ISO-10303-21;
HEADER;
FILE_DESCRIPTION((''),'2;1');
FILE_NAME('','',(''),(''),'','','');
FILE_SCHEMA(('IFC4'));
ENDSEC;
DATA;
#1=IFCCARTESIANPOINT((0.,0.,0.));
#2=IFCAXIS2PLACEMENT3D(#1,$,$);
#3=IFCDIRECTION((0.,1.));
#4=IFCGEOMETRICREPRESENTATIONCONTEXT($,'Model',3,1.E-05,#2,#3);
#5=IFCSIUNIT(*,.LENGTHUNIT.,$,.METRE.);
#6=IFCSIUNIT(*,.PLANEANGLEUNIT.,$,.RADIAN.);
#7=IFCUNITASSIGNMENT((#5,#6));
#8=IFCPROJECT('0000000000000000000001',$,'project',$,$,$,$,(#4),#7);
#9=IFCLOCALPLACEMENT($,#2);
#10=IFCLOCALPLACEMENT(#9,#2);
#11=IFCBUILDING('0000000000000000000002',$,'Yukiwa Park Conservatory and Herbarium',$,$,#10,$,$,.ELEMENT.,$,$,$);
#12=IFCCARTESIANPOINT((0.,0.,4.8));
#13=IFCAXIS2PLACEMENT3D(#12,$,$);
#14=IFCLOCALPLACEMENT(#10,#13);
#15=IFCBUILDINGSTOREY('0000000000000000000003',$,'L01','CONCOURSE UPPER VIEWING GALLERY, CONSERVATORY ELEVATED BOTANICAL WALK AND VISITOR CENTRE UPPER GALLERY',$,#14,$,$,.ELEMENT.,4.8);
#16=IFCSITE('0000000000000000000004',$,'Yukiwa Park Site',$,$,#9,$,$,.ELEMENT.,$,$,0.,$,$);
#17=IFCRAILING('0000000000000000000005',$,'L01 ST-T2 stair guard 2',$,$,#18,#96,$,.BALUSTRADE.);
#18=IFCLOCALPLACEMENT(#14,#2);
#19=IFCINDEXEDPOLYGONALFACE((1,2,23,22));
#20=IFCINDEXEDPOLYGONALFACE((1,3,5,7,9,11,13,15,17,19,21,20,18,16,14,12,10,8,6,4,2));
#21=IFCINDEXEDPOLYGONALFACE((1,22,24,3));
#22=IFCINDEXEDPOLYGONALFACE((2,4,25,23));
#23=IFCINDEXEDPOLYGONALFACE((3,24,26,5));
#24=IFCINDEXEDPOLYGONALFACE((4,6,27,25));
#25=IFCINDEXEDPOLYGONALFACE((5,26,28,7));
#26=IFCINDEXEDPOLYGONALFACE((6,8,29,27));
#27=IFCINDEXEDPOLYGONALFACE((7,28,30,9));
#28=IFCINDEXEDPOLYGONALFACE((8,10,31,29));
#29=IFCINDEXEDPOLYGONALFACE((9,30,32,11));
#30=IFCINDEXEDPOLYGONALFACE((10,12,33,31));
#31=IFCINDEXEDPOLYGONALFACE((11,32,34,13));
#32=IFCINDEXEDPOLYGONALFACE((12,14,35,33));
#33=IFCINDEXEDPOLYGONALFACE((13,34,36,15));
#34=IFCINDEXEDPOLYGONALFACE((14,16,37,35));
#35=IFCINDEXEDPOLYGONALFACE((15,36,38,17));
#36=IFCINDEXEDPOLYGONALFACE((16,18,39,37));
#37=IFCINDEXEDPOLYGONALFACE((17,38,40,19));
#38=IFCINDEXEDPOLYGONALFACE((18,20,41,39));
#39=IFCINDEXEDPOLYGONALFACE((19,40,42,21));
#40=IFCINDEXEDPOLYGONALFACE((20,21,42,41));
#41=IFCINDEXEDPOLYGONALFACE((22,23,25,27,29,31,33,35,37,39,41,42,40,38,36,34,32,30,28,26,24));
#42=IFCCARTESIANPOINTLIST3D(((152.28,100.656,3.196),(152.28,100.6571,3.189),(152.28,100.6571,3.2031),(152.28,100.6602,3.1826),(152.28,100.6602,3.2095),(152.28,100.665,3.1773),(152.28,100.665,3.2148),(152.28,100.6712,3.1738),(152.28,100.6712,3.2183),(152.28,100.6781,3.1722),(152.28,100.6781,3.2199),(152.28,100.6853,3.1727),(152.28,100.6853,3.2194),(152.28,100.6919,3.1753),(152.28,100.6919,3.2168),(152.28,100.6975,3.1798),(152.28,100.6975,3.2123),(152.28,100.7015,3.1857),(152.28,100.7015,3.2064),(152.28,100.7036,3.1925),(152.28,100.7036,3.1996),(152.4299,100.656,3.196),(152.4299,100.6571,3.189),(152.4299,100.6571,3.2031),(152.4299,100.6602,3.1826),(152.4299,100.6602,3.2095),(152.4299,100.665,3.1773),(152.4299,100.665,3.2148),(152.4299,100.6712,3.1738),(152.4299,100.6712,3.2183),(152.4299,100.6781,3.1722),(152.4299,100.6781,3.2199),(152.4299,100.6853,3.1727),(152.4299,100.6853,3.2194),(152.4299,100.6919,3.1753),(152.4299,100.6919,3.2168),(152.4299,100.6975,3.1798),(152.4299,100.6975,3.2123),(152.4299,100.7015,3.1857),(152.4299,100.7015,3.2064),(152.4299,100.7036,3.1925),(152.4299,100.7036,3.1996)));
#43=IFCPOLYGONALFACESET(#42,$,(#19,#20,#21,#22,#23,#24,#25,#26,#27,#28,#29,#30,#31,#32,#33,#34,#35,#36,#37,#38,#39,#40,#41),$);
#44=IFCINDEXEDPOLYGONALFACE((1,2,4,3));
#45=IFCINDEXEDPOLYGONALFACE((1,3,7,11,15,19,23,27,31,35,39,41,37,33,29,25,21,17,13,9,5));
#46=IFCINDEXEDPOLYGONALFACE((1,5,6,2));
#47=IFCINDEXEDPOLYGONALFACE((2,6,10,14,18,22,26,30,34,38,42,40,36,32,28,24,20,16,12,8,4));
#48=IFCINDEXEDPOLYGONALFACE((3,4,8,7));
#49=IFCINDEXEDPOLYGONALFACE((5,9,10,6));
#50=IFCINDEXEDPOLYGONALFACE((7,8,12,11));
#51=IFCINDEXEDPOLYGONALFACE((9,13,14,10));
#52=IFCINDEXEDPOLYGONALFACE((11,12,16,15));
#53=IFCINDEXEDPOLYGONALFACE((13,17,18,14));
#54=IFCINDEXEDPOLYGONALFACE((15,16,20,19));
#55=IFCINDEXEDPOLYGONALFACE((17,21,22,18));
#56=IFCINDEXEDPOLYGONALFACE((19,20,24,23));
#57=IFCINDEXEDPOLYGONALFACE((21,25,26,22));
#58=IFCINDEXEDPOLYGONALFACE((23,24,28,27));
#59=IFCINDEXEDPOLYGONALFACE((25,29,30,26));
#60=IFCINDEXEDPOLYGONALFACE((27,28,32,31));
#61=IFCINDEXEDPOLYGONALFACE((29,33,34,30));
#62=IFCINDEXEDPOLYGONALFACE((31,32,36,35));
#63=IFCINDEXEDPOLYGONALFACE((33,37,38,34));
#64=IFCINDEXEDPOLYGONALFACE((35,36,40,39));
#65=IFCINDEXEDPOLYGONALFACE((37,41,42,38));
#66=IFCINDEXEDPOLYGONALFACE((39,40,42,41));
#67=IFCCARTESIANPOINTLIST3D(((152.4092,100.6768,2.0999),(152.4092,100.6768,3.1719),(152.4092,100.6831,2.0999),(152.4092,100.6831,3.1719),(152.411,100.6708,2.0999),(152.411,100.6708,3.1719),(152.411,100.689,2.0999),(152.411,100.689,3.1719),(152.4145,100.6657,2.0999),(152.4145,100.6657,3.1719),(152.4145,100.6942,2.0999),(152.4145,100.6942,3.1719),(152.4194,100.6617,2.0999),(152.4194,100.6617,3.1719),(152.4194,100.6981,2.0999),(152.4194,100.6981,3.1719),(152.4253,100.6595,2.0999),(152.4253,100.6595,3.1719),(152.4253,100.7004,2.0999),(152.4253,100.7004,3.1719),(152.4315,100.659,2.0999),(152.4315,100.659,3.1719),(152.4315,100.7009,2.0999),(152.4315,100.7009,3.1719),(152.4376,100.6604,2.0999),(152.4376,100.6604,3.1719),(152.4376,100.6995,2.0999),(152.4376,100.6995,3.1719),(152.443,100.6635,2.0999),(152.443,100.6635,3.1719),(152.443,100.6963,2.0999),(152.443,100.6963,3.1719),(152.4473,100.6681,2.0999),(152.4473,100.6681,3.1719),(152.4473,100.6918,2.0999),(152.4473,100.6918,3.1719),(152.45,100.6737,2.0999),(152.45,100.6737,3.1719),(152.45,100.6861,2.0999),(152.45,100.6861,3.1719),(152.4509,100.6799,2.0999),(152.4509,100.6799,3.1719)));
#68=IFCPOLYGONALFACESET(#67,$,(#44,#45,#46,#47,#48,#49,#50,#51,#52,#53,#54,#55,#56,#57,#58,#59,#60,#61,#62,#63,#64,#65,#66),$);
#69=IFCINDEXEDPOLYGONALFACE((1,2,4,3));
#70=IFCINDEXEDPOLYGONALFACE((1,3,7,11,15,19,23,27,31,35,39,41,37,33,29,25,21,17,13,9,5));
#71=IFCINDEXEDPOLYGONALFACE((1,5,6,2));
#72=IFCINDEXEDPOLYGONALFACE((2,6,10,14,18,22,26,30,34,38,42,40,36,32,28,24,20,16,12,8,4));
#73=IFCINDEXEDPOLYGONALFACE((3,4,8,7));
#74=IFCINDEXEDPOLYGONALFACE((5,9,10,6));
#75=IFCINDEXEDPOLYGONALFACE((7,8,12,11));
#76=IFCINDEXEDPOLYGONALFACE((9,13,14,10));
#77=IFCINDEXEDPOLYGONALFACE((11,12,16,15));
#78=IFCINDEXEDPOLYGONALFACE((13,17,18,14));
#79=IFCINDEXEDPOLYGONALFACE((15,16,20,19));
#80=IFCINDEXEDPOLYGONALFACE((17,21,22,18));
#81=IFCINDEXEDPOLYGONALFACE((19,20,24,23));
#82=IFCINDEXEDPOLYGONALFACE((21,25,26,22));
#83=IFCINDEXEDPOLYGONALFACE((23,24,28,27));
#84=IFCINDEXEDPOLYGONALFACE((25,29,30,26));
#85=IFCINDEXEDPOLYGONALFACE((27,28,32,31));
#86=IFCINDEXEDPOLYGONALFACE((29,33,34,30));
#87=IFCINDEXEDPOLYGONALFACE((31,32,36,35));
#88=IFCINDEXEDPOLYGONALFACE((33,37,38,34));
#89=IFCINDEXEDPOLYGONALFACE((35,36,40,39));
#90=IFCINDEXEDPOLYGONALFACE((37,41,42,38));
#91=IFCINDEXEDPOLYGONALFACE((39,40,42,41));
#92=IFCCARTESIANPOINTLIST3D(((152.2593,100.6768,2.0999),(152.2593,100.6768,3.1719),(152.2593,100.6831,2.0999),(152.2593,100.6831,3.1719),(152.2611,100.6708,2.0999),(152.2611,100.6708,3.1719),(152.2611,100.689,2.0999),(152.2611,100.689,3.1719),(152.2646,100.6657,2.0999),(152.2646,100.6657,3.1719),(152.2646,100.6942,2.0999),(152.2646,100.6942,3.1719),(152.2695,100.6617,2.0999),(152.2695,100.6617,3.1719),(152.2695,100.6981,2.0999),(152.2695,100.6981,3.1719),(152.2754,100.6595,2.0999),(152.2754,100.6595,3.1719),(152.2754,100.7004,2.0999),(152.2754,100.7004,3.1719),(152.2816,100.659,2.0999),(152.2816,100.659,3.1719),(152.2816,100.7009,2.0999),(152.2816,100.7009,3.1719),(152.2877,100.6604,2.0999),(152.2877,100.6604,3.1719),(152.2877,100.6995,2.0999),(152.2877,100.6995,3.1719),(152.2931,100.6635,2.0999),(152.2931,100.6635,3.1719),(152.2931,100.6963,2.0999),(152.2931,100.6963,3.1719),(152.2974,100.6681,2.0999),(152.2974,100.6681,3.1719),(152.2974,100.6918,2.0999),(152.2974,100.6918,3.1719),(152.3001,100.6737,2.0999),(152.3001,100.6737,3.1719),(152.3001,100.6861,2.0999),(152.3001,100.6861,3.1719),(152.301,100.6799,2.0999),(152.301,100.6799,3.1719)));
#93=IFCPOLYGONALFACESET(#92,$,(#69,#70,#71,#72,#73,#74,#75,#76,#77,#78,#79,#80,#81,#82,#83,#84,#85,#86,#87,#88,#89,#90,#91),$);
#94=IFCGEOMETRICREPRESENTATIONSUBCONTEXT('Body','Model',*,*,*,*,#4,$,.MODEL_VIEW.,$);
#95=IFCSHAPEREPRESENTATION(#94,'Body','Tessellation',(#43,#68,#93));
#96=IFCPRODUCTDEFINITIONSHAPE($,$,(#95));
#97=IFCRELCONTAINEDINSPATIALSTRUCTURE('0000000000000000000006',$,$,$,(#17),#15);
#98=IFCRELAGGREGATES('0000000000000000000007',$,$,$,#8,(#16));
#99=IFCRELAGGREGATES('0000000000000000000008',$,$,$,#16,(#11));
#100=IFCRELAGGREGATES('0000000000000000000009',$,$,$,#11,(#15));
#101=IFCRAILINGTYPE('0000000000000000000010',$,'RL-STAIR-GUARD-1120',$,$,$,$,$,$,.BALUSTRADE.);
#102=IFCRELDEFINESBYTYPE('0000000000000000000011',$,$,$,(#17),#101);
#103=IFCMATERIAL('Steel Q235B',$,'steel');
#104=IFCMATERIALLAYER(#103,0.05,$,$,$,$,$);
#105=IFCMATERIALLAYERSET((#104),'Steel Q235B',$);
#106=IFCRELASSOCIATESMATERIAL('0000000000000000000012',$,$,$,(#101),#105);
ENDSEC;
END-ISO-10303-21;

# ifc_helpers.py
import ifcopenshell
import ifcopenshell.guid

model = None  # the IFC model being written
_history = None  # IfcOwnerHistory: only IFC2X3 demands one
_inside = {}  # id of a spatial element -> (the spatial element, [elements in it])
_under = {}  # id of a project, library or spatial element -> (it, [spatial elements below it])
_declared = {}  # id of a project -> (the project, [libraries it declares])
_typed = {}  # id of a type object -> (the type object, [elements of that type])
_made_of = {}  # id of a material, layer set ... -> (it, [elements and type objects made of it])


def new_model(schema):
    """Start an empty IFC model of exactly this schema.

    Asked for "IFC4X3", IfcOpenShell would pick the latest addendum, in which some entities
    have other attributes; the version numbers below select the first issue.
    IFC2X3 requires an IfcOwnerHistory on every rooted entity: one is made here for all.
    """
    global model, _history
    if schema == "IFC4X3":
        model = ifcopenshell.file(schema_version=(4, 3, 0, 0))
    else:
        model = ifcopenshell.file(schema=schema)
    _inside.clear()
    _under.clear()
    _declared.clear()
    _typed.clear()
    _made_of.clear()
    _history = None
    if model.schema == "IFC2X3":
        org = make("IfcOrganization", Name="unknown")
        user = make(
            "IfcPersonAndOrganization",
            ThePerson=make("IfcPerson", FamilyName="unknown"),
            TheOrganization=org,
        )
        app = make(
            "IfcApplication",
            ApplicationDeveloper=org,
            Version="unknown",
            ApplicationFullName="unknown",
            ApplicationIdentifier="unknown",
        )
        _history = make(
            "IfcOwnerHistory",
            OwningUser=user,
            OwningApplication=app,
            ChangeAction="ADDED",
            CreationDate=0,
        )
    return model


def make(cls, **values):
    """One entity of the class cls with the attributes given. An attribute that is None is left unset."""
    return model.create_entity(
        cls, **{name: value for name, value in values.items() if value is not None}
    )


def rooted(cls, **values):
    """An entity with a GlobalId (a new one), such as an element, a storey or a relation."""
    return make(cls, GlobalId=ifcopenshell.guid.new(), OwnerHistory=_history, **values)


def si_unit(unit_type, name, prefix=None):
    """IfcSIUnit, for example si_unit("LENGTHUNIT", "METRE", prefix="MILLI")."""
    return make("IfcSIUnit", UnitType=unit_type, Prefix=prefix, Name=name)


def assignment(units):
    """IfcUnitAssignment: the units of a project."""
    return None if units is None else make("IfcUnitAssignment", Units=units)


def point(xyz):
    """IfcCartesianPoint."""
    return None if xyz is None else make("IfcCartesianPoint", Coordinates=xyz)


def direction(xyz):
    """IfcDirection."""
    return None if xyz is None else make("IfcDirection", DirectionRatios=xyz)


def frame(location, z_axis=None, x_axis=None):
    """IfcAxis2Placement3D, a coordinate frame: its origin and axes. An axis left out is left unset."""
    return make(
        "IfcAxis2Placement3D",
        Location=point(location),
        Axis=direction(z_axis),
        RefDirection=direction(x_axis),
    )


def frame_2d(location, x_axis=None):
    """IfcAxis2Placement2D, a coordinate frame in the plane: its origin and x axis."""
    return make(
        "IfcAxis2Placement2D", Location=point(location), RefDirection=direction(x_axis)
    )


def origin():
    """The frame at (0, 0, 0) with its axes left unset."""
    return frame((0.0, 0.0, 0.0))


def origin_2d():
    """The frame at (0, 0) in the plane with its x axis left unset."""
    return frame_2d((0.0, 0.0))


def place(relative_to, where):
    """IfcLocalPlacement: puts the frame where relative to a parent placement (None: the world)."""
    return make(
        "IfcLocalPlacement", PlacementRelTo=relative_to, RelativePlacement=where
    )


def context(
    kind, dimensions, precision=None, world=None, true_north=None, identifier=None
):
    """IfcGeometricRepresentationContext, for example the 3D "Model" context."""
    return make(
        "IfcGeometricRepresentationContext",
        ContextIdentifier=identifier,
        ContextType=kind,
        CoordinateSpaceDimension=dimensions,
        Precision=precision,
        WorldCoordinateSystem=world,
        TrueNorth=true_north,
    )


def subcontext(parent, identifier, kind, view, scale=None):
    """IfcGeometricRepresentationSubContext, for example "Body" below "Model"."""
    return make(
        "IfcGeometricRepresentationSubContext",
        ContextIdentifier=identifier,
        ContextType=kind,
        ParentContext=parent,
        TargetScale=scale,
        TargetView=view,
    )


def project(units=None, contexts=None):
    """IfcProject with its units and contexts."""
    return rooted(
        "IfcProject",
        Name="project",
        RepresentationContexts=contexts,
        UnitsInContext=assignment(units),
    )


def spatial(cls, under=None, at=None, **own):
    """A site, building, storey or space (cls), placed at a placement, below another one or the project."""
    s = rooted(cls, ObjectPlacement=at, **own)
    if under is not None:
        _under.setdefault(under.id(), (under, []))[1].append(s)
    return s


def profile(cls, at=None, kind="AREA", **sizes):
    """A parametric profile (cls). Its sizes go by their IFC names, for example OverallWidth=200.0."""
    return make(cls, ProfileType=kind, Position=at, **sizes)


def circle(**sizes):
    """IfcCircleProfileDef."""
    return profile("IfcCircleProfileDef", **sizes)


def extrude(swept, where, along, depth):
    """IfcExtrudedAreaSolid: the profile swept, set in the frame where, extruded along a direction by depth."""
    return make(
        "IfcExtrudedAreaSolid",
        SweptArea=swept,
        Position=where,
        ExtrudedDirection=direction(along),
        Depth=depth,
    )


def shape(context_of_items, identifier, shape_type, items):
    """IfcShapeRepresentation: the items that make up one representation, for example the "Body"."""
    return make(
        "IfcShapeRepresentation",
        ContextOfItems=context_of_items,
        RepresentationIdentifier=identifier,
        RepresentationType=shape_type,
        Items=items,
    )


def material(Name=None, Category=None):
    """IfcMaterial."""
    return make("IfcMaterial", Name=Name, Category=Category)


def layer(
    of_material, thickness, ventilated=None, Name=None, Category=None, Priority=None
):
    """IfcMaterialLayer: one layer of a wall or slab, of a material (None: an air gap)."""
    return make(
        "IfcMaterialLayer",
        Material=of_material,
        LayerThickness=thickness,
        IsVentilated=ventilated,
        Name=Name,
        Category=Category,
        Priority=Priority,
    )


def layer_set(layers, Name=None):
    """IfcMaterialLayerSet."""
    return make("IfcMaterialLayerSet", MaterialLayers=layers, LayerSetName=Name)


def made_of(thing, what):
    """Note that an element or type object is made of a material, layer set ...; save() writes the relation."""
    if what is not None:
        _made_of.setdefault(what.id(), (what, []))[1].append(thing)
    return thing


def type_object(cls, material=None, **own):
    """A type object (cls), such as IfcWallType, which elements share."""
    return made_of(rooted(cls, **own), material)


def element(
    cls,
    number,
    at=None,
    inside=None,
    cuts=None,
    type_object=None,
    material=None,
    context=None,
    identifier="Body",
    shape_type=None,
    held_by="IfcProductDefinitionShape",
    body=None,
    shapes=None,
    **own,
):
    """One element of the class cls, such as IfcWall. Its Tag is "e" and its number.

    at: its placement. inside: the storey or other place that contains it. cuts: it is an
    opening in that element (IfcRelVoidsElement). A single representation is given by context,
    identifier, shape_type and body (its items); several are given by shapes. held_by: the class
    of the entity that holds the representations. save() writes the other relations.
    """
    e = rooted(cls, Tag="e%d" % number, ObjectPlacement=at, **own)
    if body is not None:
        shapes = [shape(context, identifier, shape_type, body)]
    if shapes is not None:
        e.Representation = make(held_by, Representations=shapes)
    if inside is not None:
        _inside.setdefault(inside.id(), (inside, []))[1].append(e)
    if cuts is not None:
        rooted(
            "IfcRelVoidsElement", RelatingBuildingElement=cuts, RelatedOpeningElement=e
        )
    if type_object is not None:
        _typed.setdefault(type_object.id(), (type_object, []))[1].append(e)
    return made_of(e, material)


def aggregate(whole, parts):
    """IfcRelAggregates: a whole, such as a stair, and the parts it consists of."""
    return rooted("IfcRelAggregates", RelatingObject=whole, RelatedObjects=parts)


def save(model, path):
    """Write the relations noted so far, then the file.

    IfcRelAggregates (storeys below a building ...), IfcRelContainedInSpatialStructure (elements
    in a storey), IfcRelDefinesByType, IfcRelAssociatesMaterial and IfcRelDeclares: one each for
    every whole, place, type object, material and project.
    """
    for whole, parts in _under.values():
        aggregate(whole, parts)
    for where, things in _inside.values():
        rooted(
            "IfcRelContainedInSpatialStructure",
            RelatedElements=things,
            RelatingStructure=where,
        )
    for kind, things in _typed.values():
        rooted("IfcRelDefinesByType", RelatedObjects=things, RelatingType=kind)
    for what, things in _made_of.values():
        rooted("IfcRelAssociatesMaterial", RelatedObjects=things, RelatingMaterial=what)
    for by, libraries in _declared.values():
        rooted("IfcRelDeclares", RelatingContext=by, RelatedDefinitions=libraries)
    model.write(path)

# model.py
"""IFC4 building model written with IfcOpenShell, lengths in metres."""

from ifc_helpers import new_model, si_unit, direction, frame, origin, origin_2d, place, context, subcontext, project, spatial, circle, extrude, material, layer, layer_set, type_object, element, save


model = new_model("IFC4")

# Units and contexts
model_context = context("Model", 3, precision=1e-05, world=origin(), true_north=direction((0.0, 1.0)))
body_context = subcontext(model_context, "Body", "Model", "MODEL_VIEW")
ifc_project = project(units=[si_unit("LENGTHUNIT", "METRE"), si_unit("PLANEANGLEUNIT", "RADIAN")], contexts=[model_context])

# Site, building, storey
site_placement = place(None, origin())
site = spatial("IfcSite", under=ifc_project, at=site_placement, Name="Yukiwa Park Site", CompositionType="ELEMENT", RefElevation=0.0)
building_placement = place(site_placement, origin())
building = spatial("IfcBuilding", under=site, at=building_placement, Name="Yukiwa Park Conservatory and Herbarium", CompositionType="ELEMENT")
storey_placement = place(building_placement, frame((0.0, 0.0, 4.8)))
storey = spatial("IfcBuildingStorey", under=building, at=storey_placement, Name="L01", Description="CONCOURSE UPPER VIEWING GALLERY, CONSERVATORY ELEVATED BOTANICAL WALK AND VISITOR CENTRE UPPER GALLERY", CompositionType="ELEMENT", Elevation=4.8)

# Railing
ifc_material_1 = material(Name="Steel Q235B", Category="steel")
ifc_layer_1 = layer(ifc_material_1, 0.05)
ifc_layer_set_1 = layer_set([ifc_layer_1], Name="Steel Q235B")
railing_type_1 = type_object("IfcRailingType", Name="RL-STAIR-GUARD-1120", PredefinedType="BALUSTRADE", material=ifc_layer_set_1)
railing_1_placement = place(storey_placement, frame((152.4299, 100.6799, 2.0999)))
element("IfcRailing", 1, at=railing_1_placement, inside=storey, type_object=railing_type_1, Name="L01 ST-T2 stair guard 2", PredefinedType="BALUSTRADE", context=body_context, shape_type="SweptSolid", body=[
    extrude(circle(Radius=0.0239, at=origin_2d()), frame((0.0, 0.0, 1.0962), z_axis=(-1.0, 0.0, 0.0), x_axis=(0.0, -1.0, 0.0)), (0.0, 0.0, 1.0), 0.1499),
    extrude(circle(Radius=0.021, at=origin_2d()), origin(), (0.0, 0.0, 1.0), 1.072),
    extrude(circle(Radius=0.021, at=origin_2d()), frame((-0.1499, 0.0, 0.0)), (0.0, 0.0, 1.0), 1.072),
])

save(model, "model.ifc")
